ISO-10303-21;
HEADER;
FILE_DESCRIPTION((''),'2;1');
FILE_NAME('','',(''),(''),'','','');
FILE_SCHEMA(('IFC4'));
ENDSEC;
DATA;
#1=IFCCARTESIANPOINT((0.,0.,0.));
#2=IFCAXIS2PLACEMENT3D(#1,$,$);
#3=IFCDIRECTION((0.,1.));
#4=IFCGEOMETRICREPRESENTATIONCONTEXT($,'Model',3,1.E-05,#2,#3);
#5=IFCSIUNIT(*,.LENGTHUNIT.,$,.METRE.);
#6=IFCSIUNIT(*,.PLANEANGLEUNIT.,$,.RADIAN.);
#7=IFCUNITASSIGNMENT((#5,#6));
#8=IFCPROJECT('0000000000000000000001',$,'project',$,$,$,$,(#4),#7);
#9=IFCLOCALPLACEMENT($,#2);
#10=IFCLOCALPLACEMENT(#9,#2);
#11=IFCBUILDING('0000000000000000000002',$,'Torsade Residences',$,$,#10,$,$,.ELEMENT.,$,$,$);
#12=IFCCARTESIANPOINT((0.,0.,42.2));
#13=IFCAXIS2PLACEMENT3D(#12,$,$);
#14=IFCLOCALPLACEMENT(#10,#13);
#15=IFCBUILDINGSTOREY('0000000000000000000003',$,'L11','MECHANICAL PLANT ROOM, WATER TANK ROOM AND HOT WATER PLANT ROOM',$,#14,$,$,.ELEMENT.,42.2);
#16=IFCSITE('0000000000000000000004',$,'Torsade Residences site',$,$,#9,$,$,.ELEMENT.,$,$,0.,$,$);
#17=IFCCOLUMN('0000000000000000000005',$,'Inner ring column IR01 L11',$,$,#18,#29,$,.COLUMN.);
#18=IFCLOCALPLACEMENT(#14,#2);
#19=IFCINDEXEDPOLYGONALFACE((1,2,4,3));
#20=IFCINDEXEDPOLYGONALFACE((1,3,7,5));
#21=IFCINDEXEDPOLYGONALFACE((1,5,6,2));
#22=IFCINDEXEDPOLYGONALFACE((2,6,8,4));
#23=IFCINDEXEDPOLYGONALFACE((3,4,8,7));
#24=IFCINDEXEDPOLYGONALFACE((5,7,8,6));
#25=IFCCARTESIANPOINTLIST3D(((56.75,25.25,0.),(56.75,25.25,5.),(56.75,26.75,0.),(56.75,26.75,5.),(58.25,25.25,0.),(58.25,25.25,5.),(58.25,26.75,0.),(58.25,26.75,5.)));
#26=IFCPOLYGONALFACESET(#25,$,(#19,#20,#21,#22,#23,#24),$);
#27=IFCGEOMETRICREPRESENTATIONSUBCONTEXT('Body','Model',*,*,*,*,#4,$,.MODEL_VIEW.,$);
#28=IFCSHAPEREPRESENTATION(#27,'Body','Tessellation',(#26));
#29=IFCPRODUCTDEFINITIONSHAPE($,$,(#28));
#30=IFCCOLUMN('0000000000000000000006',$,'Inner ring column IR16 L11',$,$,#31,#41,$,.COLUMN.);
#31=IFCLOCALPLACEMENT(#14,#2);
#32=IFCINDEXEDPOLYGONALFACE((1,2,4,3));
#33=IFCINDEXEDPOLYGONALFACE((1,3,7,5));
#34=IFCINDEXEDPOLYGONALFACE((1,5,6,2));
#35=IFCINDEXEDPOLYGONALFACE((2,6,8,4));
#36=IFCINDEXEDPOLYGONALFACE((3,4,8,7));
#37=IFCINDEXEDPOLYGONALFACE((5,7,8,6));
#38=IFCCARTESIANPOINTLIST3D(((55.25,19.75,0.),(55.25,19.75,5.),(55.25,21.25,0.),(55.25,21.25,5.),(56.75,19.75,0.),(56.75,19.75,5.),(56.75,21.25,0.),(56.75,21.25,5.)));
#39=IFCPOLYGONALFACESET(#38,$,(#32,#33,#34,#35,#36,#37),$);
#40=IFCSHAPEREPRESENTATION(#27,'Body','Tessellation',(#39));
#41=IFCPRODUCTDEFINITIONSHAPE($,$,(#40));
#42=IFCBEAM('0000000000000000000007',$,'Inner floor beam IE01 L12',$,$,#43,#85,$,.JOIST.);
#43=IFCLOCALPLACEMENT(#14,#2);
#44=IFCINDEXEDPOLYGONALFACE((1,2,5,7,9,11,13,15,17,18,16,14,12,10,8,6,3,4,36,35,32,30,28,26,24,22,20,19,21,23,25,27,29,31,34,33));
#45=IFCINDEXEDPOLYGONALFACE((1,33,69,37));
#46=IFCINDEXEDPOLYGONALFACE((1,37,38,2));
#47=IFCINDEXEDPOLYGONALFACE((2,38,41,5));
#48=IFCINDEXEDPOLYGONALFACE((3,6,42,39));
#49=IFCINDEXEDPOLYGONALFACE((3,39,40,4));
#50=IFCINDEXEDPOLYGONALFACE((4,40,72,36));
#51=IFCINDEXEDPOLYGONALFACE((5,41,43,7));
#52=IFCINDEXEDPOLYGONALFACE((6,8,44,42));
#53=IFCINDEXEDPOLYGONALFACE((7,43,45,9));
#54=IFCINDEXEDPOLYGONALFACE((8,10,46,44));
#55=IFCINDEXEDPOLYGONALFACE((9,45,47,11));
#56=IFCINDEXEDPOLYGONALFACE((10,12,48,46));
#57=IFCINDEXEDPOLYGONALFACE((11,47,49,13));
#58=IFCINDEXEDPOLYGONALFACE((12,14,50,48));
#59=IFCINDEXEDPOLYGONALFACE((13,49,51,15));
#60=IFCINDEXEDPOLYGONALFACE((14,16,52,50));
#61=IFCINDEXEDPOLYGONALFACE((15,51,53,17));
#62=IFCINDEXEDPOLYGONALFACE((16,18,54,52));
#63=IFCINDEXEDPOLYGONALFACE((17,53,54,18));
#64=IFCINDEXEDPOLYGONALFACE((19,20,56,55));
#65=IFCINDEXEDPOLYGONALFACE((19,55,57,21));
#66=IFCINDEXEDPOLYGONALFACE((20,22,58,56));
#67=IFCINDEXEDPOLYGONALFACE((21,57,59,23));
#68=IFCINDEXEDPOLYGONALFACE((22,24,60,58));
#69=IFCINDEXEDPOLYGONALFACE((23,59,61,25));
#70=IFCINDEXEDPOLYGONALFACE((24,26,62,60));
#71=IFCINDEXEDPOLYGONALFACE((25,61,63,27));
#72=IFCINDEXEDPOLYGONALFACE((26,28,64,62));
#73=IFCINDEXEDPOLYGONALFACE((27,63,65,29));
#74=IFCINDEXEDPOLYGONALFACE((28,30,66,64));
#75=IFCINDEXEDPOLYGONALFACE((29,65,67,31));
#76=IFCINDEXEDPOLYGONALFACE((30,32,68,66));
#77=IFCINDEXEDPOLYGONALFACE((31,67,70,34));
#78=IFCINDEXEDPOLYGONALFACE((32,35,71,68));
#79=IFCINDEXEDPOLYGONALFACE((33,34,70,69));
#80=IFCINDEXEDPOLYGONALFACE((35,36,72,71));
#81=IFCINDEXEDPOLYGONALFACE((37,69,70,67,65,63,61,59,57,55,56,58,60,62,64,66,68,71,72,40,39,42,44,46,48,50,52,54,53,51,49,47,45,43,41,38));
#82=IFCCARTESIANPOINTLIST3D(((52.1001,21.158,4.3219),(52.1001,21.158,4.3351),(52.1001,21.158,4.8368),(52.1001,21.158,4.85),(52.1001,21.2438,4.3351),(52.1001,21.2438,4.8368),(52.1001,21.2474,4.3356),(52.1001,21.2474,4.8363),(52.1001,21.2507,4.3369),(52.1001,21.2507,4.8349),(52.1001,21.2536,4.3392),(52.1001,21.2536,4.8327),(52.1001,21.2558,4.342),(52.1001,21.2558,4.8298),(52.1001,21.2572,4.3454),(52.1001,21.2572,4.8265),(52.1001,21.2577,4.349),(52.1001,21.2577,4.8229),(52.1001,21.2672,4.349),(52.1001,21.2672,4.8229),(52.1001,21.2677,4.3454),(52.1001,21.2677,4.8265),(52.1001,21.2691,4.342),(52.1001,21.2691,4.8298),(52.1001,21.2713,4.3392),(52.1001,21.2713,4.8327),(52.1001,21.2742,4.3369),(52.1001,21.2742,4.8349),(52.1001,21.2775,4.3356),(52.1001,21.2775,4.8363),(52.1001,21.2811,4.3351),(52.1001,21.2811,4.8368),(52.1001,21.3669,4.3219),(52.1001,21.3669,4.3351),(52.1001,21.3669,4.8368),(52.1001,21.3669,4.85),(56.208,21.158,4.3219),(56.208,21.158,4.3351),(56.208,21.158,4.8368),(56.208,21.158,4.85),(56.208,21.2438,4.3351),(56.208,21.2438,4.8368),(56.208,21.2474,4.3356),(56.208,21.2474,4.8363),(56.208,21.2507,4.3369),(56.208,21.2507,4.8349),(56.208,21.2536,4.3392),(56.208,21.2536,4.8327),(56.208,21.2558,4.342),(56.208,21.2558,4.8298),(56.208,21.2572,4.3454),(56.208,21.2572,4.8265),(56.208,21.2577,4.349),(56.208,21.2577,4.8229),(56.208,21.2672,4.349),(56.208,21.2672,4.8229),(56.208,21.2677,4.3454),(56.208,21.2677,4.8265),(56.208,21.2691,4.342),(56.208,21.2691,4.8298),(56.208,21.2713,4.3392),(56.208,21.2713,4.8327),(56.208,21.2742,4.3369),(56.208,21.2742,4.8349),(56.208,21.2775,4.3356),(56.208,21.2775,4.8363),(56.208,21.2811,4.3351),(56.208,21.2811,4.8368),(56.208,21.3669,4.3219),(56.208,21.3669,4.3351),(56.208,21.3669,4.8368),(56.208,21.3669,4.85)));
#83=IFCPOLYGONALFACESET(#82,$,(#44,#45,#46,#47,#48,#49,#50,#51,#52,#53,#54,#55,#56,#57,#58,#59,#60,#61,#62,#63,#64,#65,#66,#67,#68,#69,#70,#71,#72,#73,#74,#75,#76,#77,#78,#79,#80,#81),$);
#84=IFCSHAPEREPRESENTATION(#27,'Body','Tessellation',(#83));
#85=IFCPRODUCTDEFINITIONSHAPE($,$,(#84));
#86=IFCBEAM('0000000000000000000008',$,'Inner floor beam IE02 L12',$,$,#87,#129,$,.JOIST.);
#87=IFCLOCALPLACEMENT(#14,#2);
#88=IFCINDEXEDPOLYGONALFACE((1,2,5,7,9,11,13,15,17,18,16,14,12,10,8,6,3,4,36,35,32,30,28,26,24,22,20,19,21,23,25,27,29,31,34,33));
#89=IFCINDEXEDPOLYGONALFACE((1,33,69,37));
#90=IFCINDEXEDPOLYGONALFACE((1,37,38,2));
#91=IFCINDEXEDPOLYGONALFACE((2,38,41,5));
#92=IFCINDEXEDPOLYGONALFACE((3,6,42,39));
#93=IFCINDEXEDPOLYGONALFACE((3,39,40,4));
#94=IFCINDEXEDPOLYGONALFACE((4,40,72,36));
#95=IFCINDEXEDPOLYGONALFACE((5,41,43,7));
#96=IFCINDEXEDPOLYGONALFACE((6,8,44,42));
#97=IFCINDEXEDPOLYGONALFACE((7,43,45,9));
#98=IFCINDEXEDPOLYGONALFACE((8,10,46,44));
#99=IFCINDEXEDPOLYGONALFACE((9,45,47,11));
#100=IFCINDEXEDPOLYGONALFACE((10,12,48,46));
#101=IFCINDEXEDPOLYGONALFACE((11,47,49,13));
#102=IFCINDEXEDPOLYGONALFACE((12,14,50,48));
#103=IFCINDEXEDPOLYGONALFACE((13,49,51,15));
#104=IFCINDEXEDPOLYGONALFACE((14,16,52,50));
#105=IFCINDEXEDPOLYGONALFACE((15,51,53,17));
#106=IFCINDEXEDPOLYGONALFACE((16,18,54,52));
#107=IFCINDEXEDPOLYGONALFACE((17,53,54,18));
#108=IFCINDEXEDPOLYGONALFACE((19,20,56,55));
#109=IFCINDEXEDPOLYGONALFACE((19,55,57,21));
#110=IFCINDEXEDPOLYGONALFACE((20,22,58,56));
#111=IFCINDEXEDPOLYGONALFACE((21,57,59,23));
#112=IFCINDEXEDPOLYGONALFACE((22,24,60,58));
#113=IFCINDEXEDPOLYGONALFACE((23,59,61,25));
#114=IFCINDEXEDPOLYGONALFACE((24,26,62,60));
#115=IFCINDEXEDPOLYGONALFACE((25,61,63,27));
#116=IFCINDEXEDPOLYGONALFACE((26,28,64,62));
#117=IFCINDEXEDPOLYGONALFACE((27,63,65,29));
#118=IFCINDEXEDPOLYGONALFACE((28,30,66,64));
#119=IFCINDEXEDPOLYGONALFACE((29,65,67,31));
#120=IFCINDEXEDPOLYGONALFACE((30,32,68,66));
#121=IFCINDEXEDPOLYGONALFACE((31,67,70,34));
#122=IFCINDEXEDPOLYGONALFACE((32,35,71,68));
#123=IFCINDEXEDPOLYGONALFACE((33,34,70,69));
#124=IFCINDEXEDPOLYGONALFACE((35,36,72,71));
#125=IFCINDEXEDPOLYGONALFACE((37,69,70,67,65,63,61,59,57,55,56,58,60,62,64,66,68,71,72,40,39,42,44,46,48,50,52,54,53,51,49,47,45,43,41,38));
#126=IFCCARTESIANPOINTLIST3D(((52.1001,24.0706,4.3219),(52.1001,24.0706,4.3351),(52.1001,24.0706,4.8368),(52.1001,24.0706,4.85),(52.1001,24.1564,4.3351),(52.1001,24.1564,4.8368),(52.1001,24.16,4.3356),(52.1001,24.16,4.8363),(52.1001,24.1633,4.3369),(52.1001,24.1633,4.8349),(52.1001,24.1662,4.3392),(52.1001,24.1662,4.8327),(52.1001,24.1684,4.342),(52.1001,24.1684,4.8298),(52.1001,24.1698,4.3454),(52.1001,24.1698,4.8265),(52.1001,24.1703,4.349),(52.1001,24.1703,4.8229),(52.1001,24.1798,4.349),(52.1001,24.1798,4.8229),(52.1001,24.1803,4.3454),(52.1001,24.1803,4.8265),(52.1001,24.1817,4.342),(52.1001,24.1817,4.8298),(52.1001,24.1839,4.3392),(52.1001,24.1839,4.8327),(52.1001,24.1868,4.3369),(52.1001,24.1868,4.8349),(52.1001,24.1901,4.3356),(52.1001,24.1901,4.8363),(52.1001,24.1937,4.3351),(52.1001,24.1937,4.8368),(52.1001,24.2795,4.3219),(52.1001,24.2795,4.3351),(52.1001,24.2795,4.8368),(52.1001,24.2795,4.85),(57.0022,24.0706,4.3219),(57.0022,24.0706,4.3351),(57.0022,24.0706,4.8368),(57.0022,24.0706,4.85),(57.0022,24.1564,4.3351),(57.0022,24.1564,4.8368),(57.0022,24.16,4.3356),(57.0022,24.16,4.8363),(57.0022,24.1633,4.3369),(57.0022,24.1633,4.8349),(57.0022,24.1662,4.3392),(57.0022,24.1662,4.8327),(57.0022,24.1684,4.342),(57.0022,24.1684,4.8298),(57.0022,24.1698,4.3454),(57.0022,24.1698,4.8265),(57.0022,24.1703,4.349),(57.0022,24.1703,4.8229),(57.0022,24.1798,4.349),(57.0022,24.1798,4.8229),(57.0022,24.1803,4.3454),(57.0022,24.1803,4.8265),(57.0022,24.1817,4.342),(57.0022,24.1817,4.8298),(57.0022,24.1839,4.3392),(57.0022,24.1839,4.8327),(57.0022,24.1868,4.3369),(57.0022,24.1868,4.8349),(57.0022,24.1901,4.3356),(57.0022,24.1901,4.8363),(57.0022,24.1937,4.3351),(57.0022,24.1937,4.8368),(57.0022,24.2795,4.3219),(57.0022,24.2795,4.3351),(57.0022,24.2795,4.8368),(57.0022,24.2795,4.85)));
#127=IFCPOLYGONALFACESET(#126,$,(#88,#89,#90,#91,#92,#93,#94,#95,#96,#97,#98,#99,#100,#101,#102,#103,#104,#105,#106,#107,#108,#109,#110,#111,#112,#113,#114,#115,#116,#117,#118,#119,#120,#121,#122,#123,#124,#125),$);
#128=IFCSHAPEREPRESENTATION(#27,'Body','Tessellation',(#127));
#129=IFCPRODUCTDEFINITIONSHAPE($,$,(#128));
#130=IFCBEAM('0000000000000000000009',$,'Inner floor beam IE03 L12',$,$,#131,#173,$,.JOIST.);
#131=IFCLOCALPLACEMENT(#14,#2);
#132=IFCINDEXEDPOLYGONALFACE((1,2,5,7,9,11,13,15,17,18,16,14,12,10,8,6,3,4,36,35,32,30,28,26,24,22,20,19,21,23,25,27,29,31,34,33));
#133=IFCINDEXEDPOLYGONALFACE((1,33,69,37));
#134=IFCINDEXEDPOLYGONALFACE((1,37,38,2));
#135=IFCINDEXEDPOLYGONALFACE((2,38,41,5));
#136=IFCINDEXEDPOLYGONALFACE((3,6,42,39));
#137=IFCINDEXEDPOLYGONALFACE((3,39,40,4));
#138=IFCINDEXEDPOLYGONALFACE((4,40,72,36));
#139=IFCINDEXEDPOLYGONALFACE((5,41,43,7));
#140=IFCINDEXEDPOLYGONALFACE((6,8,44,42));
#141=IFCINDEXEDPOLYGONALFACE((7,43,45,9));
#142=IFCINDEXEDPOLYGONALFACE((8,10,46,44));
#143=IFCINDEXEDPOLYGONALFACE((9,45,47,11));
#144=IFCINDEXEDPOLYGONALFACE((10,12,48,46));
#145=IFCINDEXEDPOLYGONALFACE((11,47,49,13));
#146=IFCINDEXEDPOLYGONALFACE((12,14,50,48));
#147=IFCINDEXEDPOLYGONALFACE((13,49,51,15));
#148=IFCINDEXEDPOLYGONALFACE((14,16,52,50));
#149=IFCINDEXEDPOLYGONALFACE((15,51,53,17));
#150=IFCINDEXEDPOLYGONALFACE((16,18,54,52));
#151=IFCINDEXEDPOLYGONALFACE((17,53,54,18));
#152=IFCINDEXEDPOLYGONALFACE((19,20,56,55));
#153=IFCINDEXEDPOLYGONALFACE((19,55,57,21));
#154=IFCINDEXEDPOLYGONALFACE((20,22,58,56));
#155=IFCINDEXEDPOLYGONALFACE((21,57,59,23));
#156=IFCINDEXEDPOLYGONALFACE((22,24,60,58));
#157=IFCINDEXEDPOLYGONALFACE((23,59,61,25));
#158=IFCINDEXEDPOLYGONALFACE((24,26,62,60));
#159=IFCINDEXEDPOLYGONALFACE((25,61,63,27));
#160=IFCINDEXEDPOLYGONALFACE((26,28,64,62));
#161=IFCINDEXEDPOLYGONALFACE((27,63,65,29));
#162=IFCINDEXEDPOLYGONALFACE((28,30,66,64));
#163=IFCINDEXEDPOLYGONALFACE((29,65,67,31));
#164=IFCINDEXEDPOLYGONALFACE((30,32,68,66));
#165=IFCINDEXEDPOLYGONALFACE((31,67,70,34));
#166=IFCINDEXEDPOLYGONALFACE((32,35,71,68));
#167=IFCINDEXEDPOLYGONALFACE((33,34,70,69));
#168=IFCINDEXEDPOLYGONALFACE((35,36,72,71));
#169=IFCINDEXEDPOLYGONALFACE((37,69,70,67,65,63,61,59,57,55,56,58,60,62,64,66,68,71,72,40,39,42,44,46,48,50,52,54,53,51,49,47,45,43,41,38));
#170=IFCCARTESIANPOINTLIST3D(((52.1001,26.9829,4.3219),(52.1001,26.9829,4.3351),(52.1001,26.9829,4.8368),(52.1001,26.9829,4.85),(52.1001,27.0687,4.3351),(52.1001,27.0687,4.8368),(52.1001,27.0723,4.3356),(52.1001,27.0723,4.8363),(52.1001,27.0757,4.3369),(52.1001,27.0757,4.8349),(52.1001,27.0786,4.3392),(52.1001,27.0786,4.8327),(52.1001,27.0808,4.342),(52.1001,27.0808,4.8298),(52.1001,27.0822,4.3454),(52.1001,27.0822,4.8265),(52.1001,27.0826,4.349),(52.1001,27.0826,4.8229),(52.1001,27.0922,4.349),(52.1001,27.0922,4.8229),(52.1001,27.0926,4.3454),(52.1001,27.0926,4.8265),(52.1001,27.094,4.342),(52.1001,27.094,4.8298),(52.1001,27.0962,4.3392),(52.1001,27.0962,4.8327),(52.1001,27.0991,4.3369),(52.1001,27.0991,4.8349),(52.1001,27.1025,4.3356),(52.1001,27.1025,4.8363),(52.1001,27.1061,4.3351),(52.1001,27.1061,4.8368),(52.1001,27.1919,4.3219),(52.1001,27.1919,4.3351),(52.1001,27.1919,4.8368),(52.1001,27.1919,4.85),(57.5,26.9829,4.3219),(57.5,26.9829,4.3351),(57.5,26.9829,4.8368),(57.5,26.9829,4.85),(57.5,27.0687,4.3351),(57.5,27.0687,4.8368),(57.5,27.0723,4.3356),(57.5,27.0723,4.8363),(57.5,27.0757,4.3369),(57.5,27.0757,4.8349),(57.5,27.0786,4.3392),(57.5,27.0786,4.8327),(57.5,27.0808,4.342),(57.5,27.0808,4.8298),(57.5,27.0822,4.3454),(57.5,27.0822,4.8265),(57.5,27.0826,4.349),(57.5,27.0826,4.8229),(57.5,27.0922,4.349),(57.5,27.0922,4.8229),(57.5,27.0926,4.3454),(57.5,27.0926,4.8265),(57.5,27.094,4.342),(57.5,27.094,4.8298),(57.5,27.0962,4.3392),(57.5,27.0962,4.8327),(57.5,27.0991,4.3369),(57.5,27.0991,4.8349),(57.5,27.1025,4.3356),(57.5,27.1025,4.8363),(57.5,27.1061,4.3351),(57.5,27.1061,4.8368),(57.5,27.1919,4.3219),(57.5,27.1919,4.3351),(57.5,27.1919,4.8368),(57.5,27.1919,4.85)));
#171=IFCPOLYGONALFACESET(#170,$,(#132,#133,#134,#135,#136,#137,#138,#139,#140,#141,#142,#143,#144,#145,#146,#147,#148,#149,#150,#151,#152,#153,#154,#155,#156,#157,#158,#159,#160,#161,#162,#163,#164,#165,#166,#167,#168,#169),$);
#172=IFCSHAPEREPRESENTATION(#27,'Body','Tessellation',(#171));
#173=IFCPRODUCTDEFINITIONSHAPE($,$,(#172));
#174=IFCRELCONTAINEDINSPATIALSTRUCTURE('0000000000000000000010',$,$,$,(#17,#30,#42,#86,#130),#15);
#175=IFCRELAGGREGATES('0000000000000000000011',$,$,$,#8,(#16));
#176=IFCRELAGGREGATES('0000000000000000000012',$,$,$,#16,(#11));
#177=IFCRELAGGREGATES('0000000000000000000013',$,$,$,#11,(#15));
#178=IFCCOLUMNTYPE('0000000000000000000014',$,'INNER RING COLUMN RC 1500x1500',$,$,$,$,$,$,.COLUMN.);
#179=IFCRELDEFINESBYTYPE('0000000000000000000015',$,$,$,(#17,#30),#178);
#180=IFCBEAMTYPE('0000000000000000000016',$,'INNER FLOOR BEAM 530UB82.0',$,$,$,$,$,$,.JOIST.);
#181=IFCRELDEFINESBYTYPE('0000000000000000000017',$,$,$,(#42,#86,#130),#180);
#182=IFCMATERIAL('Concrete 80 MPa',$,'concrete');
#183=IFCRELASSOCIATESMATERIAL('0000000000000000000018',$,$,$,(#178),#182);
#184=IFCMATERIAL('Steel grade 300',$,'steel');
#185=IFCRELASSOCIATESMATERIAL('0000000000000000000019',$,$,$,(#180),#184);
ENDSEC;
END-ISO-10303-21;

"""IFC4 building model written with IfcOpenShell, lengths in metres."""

from ifc_helpers import new_model, si_unit, direction, frame, origin, origin_2d, place, context, subcontext, project, spatial, rectangle, i_section, extrude, material, material_profile, profile_set, type_object, element, save


model = new_model("IFC4")

# Units and contexts
model_context = context("Model", 3, precision=1e-05, world=origin(), true_north=direction((0.0, 1.0)))
body_context = subcontext(model_context, "Body", "Model", "MODEL_VIEW")
ifc_project = project(units=[si_unit("LENGTHUNIT", "METRE"), si_unit("PLANEANGLEUNIT", "RADIAN")], contexts=[model_context])

# Site, building, storey
site_placement = place(None, origin())
site = spatial("IfcSite", under=ifc_project, at=site_placement, Name="Torsade Residences site", CompositionType="ELEMENT", RefElevation=0.0)
building_placement = place(site_placement, origin())
building = spatial("IfcBuilding", under=site, at=building_placement, Name="Torsade Residences", CompositionType="ELEMENT")
storey_placement = place(building_placement, frame((0.0, 0.0, 42.2)))
storey = spatial("IfcBuildingStorey", under=building, at=storey_placement, Name="L11", Description="MECHANICAL PLANT ROOM, WATER TANK ROOM AND HOT WATER PLANT ROOM", CompositionType="ELEMENT", Elevation=42.2)

# Columns
ifc_material_1 = material(Name="Concrete 80 MPa", Category="concrete")
ifc_material_profile_1 = material_profile(ifc_material_1, rectangle(XDim=1.5, YDim=1.5, at=origin_2d()), Name="RC 1500x1500")
ifc_profile_set_1 = profile_set([ifc_material_profile_1], Name="Concrete 80 MPa")
column_type = type_object("IfcColumnType", Name="INNER RING COLUMN RC 1500x1500", PredefinedType="COLUMN", material=ifc_profile_set_1)
for number, where, z_axis, x_axis, name in (
    (1, (57.5, 26.0, 0.0), (0.0, 0.0, 1.0), (1.0, 0.0, 0.0), "Inner ring column IR01 L11"),
    (2, (56.0, 20.5, 0.0), (0.0, 0.0, 1.0), (1.0, 0.0, 0.0), "Inner ring column IR16 L11"),
):
    element("IfcColumn", number, at=place(storey_placement, frame(where, z_axis=z_axis, x_axis=x_axis)), inside=storey, type_object=column_type, Name=name, PredefinedType="COLUMN", context=body_context, shape_type="SweptSolid", body=[
        extrude(rectangle(XDim=1.5, YDim=1.5, at=origin_2d()), origin(), (0.0, 0.0, 1.0), 5.0),
    ])

# Beams
ifc_material_2 = material(Name="Steel grade 300", Category="steel")
ifc_material_profile_2 = material_profile(ifc_material_2, i_section(OverallWidth=0.209, OverallDepth=0.5281, WebThickness=0.0095, FlangeThickness=0.0132, FilletRadius=0.0139, at=origin_2d()), Name="530UB82.0")
ifc_profile_set_2 = profile_set([ifc_material_profile_2], Name="Steel grade 300")
beam_type_1 = type_object("IfcBeamType", Name="INNER FLOOR BEAM 530UB82.0", PredefinedType="JOIST", material=ifc_profile_set_2)
beam_1_placement = place(storey_placement, frame((52.1001, 21.2625, 4.5859), z_axis=(1.0, 0.0, 0.0), x_axis=(0.0, 1.0, 0.0)))
element("IfcBeam", 3, at=beam_1_placement, inside=storey, type_object=beam_type_1, Name="Inner floor beam IE01 L12", PredefinedType="JOIST", context=body_context, shape_type="SweptSolid", body=[
    extrude(i_section(OverallWidth=0.209, OverallDepth=0.5281, WebThickness=0.0095, FlangeThickness=0.0132, FilletRadius=0.0139, at=origin_2d()), origin(), (0.0, 0.0, 1.0), 4.1079),
])
beam_2_placement = place(storey_placement, frame((52.1001, 24.175, 4.5859), z_axis=(1.0, 0.0, 0.0), x_axis=(0.0, 1.0, 0.0)))
element("IfcBeam", 4, at=beam_2_placement, inside=storey, type_object=beam_type_1, Name="Inner floor beam IE02 L12", PredefinedType="JOIST", context=body_context, shape_type="SweptSolid", body=[
    extrude(i_section(OverallWidth=0.209, OverallDepth=0.5281, WebThickness=0.0095, FlangeThickness=0.0132, FilletRadius=0.0139, at=origin_2d()), origin(), (0.0, 0.0, 1.0), 4.9021),
])
beam_3_placement = place(storey_placement, frame((52.1001, 27.0874, 4.5859), z_axis=(1.0, 0.0, 0.0), x_axis=(0.0, 1.0, 0.0)))
element("IfcBeam", 5, at=beam_3_placement, inside=storey, type_object=beam_type_1, Name="Inner floor beam IE03 L12", PredefinedType="JOIST", context=body_context, shape_type="SweptSolid", body=[
    extrude(i_section(OverallWidth=0.209, OverallDepth=0.5281, WebThickness=0.0095, FlangeThickness=0.0132, FilletRadius=0.0139, at=origin_2d()), origin(), (0.0, 0.0, 1.0), 5.3999),
])

save(model, "model.ifc")
